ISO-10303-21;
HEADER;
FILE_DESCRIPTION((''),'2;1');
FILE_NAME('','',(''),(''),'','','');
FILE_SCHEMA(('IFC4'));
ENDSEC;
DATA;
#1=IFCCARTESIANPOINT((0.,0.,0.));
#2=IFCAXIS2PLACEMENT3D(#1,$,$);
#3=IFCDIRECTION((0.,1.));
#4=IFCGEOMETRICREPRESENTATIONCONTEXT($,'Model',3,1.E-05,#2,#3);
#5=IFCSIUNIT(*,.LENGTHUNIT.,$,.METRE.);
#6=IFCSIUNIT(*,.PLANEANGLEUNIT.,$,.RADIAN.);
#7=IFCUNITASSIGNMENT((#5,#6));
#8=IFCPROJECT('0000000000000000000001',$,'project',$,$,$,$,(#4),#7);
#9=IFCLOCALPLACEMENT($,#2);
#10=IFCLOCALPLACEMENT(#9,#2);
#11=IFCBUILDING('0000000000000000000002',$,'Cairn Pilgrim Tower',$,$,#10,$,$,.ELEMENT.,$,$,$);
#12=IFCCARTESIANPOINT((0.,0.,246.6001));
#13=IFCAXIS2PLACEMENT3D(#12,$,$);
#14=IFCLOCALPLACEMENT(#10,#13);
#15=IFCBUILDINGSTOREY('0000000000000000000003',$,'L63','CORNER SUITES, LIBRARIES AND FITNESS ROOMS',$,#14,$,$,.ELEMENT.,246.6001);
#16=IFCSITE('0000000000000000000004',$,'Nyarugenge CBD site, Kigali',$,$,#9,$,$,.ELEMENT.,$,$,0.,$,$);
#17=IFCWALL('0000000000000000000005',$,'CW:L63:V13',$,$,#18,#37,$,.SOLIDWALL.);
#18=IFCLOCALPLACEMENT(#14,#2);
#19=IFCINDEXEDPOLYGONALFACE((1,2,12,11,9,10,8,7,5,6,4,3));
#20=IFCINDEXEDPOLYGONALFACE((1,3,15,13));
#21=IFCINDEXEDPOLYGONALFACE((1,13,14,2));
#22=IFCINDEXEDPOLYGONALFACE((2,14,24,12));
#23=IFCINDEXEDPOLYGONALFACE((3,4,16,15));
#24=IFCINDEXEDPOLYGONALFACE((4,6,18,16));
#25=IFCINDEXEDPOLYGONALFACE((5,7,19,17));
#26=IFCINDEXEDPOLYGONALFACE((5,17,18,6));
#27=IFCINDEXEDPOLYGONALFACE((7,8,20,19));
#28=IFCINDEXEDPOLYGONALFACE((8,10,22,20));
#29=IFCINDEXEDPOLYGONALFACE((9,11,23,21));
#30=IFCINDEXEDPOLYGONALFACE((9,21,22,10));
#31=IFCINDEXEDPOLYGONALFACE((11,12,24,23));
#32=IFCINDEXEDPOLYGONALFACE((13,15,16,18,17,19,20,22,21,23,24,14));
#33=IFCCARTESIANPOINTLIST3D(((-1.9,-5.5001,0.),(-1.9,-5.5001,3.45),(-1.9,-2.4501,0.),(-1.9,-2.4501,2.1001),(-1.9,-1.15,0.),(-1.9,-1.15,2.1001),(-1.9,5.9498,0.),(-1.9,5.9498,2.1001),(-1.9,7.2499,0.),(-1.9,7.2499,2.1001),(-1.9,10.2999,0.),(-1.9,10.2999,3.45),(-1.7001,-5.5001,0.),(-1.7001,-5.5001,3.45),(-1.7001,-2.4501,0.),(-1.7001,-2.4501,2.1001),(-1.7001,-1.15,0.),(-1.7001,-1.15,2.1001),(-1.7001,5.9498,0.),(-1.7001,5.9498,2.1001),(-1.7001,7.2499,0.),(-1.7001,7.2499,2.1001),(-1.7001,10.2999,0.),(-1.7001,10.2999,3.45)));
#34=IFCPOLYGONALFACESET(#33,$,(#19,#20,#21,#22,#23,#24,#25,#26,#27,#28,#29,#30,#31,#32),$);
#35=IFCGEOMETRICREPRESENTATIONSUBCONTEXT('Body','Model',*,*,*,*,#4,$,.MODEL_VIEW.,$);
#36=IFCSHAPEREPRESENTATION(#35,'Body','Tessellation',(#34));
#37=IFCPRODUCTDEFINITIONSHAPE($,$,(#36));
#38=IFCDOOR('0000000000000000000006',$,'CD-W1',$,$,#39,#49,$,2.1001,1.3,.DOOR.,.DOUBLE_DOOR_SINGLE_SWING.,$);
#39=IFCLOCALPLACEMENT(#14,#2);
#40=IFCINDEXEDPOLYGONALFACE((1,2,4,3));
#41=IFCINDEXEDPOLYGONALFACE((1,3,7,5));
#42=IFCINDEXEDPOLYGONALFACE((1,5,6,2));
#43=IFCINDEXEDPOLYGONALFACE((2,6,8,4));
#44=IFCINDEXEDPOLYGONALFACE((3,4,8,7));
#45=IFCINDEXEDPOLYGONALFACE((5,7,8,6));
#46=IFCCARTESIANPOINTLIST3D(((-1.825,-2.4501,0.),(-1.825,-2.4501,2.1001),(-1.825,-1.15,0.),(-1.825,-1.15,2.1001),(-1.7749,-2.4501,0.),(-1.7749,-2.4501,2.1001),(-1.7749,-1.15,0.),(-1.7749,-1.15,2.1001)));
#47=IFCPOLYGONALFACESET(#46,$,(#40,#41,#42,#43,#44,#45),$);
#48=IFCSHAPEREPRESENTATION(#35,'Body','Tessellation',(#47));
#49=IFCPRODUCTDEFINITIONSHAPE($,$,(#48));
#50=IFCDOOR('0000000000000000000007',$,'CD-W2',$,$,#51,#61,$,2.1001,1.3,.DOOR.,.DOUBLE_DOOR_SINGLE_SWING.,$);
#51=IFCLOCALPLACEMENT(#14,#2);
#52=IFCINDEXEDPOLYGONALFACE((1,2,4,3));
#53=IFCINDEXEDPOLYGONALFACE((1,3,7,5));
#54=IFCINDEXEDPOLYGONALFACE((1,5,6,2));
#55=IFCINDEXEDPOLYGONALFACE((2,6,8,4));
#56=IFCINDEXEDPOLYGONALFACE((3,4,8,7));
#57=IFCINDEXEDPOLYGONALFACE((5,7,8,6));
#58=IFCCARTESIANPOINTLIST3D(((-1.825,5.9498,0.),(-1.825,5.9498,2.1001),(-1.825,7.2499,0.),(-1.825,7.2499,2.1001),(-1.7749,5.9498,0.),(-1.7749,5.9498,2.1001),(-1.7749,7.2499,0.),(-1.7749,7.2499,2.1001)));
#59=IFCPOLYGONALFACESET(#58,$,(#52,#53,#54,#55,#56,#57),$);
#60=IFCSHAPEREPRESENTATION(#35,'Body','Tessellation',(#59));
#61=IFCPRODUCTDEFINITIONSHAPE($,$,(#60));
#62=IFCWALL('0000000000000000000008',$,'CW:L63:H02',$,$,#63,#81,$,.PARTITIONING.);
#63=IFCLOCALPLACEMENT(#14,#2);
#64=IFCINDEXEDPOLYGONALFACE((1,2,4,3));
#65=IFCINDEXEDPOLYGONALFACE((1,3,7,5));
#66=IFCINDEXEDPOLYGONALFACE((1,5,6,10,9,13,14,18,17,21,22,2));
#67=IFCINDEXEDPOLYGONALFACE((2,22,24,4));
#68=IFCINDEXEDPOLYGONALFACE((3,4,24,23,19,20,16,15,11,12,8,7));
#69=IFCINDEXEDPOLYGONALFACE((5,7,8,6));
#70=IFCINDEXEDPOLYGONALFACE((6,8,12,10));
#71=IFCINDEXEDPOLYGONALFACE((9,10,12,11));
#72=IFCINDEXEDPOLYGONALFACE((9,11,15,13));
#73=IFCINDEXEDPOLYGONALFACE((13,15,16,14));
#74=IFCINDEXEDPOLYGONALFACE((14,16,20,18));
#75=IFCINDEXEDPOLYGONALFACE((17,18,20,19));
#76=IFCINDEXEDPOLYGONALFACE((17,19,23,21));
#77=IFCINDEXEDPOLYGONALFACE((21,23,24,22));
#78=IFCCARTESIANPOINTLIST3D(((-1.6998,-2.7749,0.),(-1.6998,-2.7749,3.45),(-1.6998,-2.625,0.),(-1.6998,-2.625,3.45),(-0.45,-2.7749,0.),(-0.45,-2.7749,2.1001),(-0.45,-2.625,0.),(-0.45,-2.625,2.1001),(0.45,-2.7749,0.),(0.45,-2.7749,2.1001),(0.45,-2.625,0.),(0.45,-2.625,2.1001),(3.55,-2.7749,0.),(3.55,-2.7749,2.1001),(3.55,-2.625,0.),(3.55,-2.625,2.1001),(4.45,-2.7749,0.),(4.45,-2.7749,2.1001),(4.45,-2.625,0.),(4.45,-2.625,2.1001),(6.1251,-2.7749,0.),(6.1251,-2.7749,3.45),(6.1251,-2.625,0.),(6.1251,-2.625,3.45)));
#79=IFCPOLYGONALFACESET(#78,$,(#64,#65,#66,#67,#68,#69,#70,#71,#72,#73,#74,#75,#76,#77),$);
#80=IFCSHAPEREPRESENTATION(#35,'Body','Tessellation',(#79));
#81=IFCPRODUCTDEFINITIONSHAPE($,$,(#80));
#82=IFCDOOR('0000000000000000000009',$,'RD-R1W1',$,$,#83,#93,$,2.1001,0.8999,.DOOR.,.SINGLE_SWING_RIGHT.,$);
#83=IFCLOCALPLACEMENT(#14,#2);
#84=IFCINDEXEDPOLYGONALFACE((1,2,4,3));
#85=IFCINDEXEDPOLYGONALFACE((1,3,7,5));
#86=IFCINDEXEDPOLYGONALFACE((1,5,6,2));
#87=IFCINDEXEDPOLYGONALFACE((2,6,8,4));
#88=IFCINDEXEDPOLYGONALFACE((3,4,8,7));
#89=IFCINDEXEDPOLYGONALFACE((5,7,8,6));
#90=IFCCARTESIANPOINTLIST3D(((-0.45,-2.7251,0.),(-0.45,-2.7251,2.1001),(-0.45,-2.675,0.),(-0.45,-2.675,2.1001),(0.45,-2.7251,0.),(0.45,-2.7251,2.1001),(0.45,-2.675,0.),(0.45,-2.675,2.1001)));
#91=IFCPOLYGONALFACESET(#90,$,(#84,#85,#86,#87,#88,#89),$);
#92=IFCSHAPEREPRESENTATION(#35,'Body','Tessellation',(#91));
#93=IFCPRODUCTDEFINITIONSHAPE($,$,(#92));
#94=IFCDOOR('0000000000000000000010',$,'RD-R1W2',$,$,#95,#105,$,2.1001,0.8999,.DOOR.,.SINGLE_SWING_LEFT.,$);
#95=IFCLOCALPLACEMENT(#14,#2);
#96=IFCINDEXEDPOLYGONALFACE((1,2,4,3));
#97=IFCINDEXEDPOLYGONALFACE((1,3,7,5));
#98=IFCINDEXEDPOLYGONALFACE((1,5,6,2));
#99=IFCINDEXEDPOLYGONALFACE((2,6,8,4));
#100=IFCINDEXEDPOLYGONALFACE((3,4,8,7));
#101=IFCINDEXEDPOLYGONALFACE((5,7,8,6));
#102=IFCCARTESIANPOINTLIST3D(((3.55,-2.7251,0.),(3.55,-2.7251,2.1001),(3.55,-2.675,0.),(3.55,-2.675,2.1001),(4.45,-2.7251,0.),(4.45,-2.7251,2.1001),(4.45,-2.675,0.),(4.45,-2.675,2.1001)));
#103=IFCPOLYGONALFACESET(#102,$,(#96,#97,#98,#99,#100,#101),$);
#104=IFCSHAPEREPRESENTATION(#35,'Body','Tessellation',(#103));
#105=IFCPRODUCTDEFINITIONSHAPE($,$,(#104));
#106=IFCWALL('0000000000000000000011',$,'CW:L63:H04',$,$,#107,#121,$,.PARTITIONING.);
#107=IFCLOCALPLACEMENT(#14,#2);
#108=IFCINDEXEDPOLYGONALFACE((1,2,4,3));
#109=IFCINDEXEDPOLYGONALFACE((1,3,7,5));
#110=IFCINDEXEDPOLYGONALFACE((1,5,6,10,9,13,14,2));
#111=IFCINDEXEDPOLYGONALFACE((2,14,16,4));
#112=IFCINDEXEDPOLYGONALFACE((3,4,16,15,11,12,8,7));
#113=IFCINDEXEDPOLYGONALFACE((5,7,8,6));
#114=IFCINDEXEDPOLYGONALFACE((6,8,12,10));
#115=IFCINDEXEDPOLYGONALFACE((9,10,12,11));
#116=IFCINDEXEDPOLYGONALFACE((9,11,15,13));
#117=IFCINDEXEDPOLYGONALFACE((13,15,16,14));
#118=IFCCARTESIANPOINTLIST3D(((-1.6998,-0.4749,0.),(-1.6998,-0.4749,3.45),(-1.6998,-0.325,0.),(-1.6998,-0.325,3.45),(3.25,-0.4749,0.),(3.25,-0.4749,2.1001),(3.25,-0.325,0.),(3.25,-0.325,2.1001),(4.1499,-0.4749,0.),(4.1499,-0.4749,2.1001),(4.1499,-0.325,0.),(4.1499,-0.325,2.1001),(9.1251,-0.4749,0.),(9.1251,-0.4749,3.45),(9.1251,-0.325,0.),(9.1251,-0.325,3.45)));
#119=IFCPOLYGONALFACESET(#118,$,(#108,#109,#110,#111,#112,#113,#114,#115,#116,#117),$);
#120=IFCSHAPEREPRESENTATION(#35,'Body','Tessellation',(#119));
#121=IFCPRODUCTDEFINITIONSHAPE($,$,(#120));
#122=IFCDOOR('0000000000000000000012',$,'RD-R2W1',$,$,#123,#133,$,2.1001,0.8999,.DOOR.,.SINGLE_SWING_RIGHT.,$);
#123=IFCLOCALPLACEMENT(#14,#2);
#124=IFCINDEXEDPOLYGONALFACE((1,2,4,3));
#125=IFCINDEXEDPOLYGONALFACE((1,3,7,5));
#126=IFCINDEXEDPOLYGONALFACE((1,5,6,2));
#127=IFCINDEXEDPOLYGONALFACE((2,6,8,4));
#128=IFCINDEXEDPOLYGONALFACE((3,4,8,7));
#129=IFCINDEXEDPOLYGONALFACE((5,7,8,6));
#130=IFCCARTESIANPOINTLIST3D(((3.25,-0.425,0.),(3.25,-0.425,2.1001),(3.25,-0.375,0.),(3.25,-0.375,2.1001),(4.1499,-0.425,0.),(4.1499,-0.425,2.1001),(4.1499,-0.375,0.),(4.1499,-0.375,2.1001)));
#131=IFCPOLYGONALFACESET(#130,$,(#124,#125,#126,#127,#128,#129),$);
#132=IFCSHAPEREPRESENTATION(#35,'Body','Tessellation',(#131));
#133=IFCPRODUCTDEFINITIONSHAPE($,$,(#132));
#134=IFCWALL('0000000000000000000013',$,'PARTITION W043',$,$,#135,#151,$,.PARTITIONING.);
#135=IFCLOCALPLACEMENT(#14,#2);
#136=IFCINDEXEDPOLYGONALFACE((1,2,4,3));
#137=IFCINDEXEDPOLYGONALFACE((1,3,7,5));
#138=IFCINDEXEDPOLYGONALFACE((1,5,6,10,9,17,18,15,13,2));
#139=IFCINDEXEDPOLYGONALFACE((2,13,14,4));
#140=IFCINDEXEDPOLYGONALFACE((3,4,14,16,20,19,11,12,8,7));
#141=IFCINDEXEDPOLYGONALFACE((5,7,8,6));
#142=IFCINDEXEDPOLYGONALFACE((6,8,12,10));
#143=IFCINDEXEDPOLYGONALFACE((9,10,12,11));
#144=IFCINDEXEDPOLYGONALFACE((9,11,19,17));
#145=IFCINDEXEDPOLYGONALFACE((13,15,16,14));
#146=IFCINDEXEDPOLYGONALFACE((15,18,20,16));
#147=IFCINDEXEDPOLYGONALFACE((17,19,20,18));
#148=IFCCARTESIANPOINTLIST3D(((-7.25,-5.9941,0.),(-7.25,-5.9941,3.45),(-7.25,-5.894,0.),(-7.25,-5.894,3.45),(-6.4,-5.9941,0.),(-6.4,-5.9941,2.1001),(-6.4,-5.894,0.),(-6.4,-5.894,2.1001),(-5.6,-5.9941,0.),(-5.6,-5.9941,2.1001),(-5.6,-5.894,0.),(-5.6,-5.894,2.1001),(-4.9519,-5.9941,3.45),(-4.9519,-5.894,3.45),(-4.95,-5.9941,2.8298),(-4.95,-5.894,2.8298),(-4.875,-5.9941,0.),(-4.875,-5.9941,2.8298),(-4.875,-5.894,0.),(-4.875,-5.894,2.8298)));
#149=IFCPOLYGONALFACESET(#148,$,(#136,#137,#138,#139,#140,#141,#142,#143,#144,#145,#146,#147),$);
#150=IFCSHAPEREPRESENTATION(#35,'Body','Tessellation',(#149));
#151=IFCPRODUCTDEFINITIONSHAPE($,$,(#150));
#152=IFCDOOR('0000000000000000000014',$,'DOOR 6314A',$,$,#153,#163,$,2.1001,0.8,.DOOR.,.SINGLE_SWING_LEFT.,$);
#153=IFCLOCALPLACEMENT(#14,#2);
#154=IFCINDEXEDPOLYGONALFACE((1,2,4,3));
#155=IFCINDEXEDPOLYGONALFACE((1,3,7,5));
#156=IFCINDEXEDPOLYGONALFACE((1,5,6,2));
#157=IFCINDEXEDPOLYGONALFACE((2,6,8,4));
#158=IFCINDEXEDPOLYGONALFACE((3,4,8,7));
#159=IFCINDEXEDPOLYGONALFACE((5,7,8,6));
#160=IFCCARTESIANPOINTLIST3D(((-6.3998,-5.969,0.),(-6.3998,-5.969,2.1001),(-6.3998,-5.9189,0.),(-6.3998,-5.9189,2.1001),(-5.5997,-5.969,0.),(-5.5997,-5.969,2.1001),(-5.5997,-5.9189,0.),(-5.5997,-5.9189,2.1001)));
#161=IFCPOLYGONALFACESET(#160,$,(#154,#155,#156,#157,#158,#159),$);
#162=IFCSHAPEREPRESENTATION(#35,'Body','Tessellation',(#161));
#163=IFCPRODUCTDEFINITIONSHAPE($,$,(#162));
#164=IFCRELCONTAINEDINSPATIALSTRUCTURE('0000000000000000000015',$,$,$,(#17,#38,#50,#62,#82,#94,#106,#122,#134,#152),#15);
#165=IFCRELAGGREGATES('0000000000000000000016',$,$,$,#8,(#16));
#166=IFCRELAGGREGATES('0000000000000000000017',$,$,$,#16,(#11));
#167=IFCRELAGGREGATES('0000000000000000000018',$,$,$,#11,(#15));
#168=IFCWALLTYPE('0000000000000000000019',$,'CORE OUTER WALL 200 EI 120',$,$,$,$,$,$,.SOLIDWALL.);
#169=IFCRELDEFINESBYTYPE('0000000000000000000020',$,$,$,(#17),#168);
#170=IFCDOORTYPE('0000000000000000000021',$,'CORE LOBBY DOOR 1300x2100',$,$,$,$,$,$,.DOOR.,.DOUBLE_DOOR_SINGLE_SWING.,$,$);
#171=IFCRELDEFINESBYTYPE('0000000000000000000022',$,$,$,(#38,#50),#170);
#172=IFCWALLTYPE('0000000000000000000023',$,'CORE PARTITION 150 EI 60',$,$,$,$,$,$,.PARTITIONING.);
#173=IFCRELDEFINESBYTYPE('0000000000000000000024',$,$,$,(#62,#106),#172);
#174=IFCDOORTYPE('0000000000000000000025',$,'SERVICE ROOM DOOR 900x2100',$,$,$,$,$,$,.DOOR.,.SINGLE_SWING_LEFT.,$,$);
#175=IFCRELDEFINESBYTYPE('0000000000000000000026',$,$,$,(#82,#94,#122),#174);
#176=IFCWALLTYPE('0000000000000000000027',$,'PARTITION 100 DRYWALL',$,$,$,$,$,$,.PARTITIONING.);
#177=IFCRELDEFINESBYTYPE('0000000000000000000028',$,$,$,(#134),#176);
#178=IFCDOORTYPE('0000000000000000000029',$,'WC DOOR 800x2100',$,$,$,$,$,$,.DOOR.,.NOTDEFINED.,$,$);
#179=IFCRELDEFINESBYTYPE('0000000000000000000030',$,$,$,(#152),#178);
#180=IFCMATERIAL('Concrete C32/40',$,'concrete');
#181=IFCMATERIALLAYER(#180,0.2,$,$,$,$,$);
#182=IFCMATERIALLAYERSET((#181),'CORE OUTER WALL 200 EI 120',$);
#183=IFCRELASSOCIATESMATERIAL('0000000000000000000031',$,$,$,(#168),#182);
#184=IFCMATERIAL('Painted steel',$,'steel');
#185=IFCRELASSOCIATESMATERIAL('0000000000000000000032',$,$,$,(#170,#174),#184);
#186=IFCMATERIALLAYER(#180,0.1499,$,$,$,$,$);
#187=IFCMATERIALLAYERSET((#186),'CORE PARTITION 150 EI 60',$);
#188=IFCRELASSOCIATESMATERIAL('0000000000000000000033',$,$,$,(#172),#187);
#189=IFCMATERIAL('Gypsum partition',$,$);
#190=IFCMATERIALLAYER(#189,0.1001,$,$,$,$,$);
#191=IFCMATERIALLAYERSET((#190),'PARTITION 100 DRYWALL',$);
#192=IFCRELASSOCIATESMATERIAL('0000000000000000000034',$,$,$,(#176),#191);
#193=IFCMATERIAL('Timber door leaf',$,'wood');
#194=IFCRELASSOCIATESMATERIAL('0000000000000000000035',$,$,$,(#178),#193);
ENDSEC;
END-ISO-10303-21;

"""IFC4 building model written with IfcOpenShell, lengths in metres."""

from ifc_helpers import new_model, si_unit, direction, frame, frame_2d, origin, place, context, subcontext, project, spatial, polyline, rectangle, outline, extrude, material, layer, layer_set, type_object, element, fill, save


model = new_model("IFC4")

# Units and contexts
model_context = context("Model", 3, precision=1e-05, world=origin(), true_north=direction((0.0, 1.0)))
body_context = subcontext(model_context, "Body", "Model", "MODEL_VIEW")
ifc_project = project(units=[si_unit("LENGTHUNIT", "METRE"), si_unit("PLANEANGLEUNIT", "RADIAN")], contexts=[model_context])

# Site, building, storey
site_placement = place(None, origin())
site = spatial("IfcSite", under=ifc_project, at=site_placement, Name="Nyarugenge CBD site, Kigali", CompositionType="ELEMENT", RefElevation=0.0)
building_placement = place(site_placement, origin())
building = spatial("IfcBuilding", under=site, at=building_placement, Name="Cairn Pilgrim Tower", CompositionType="ELEMENT")
storey_placement = place(building_placement, frame((0.0, 0.0, 246.6001)))
storey = spatial("IfcBuildingStorey", under=building, at=storey_placement, Name="L63", Description="CORNER SUITES, LIBRARIES AND FITNESS ROOMS", CompositionType="ELEMENT", Elevation=246.6001)

# Shared definitions
ifc_material_1 = material(Name="Concrete C32/40", Category="concrete")
ifc_layer_1 = layer(ifc_material_1, 0.2)
ifc_layer_set_1 = layer_set([ifc_layer_1], Name="CORE OUTER WALL 200 EI 120")
wall_type_1 = type_object("IfcWallType", Name="CORE OUTER WALL 200 EI 120", PredefinedType="SOLIDWALL", material=ifc_layer_set_1)

# Walls, openings, doors
wall_1_placement = place(storey_placement, frame((-1.8, -5.5, 0.0), z_axis=(0.0, 0.0, 1.0), x_axis=(0.0, 1.0, 0.0)))
wall_1 = element("IfcWall", 1, at=wall_1_placement, inside=storey, type_object=wall_type_1, Name="CW:L63:V13", PredefinedType="SOLIDWALL", context=body_context, shape_type="SweptSolid", body=[
    extrude(rectangle(XDim=15.8, YDim=0.2, at=frame_2d((7.8999, 0.0))), origin(), (0.0, 0.0, 1.0), 3.45),
])
opening_1_placement = place(wall_1_placement, frame((3.05, 0.0, 0.0)))
opening_1 = element("IfcOpeningElement", 2, at=opening_1_placement, cuts=wall_1, PredefinedType="OPENING", context=body_context, shape_type="SweptSolid", body=[
    extrude(rectangle(XDim=1.3, YDim=2.1001, at=frame_2d((0.6499, 1.05))), frame((0.0, 0.1099, 0.0), z_axis=(0.0, -1.0, 0.0), x_axis=(1.0, 0.0, 0.0)), (0.0, 0.0, 1.0), 0.22),
])
opening_2_placement = place(wall_1_placement, frame((11.45, 0.0, 0.0)))
opening_2 = element("IfcOpeningElement", 3, at=opening_2_placement, cuts=wall_1, PredefinedType="OPENING", context=body_context, shape_type="SweptSolid", body=[
    extrude(rectangle(XDim=1.3, YDim=2.1001, at=frame_2d((0.6499, 1.05))), frame((0.0, 0.1099, 0.0), z_axis=(0.0, -1.0, 0.0), x_axis=(1.0, 0.0, 0.0)), (0.0, 0.0, 1.0), 0.22),
])
ifc_material_2 = material(Name="Painted steel", Category="steel")
door_type_1 = type_object("IfcDoorType", Name="CORE LOBBY DOOR 1300x2100", OperationType="DOUBLE_DOOR_SINGLE_SWING", PredefinedType="DOOR", material=ifc_material_2)
door_1_placement = place(opening_1_placement, origin())
door_1 = element("IfcDoor", 4, at=door_1_placement, inside=storey, type_object=door_type_1, Name="CD-W1", OperationType="DOUBLE_DOOR_SINGLE_SWING", OverallHeight=2.1001, OverallWidth=1.3, PredefinedType="DOOR", context=body_context, shape_type="SweptSolid", body=[
    extrude(rectangle(XDim=1.3, YDim=2.1001, at=frame_2d((0.6499, 1.05))), frame((0.0, 0.0249, 0.0), z_axis=(0.0, -1.0, 0.0), x_axis=(1.0, 0.0, 0.0)), (0.0, 0.0, 1.0), 0.05),
])
fill(opening_1, door_1)
door_2_placement = place(opening_2_placement, origin())
door_2 = element("IfcDoor", 5, at=door_2_placement, inside=storey, type_object=door_type_1, Name="CD-W2", OperationType="DOUBLE_DOOR_SINGLE_SWING", OverallHeight=2.1001, OverallWidth=1.3, PredefinedType="DOOR", context=body_context, shape_type="SweptSolid", body=[
    extrude(rectangle(XDim=1.3, YDim=2.1001, at=frame_2d((0.6499, 1.05))), frame((0.0, 0.0249, 0.0), z_axis=(0.0, -1.0, 0.0), x_axis=(1.0, 0.0, 0.0)), (0.0, 0.0, 1.0), 0.05),
])
fill(opening_2, door_2)
ifc_layer_2 = layer(ifc_material_1, 0.1499)
ifc_layer_set_2 = layer_set([ifc_layer_2], Name="CORE PARTITION 150 EI 60")
wall_type_2 = type_object("IfcWallType", Name="CORE PARTITION 150 EI 60", PredefinedType="PARTITIONING", material=ifc_layer_set_2)
wall_2_placement = place(storey_placement, frame((-1.7, -2.7, 0.0), z_axis=(0.0, 0.0, 1.0), x_axis=(1.0, 0.0, 0.0)))
wall_2 = element("IfcWall", 6, at=wall_2_placement, inside=storey, type_object=wall_type_2, Name="CW:L63:H02", PredefinedType="PARTITIONING", context=body_context, shape_type="SweptSolid", body=[
    extrude(rectangle(XDim=7.825, YDim=0.1499, at=frame_2d((3.9126, 0.0))), origin(), (0.0, 0.0, 1.0), 3.45),
])
opening_3_placement = place(wall_2_placement, frame((1.25, 0.0, 0.0)))
opening_3 = element("IfcOpeningElement", 7, at=opening_3_placement, cuts=wall_2, PredefinedType="OPENING", context=body_context, shape_type="SweptSolid", body=[
    extrude(rectangle(XDim=0.8999, YDim=2.1001, at=frame_2d((0.45, 1.05))), frame((0.0, 0.085, 0.0), z_axis=(0.0, -1.0, 0.0), x_axis=(1.0, 0.0, 0.0)), (0.0, 0.0, 1.0), 0.1699),
])
opening_4_placement = place(wall_2_placement, frame((5.25, 0.0, 0.0)))
opening_4 = element("IfcOpeningElement", 8, at=opening_4_placement, cuts=wall_2, PredefinedType="OPENING", context=body_context, shape_type="SweptSolid", body=[
    extrude(rectangle(XDim=0.8999, YDim=2.1001, at=frame_2d((0.45, 1.05))), frame((0.0, 0.085, 0.0), z_axis=(0.0, -1.0, 0.0), x_axis=(1.0, 0.0, 0.0)), (0.0, 0.0, 1.0), 0.1699),
])
door_type_2 = type_object("IfcDoorType", Name="SERVICE ROOM DOOR 900x2100", OperationType="SINGLE_SWING_LEFT", PredefinedType="DOOR", material=ifc_material_2)
door_3_placement = place(opening_3_placement, origin())
door_3 = element("IfcDoor", 9, at=door_3_placement, inside=storey, type_object=door_type_2, Name="RD-R1W1", OperationType="SINGLE_SWING_RIGHT", OverallHeight=2.1001, OverallWidth=0.8999, PredefinedType="DOOR", context=body_context, shape_type="SweptSolid", body=[
    extrude(rectangle(XDim=0.8999, YDim=2.1001, at=frame_2d((0.45, 1.05))), frame((0.0, 0.0249, 0.0), z_axis=(0.0, -1.0, 0.0), x_axis=(1.0, 0.0, 0.0)), (0.0, 0.0, 1.0), 0.05),
])
fill(opening_3, door_3)
door_4_placement = place(opening_4_placement, origin())
door_4 = element("IfcDoor", 10, at=door_4_placement, inside=storey, type_object=door_type_2, Name="RD-R1W2", OperationType="SINGLE_SWING_LEFT", OverallHeight=2.1001, OverallWidth=0.8999, PredefinedType="DOOR", context=body_context, shape_type="SweptSolid", body=[
    extrude(rectangle(XDim=0.8999, YDim=2.1001, at=frame_2d((0.45, 1.05))), frame((0.0, 0.0249, 0.0), z_axis=(0.0, -1.0, 0.0), x_axis=(1.0, 0.0, 0.0)), (0.0, 0.0, 1.0), 0.05),
])
fill(opening_4, door_4)

# Walls, openings, doors
wall_3_placement = place(storey_placement, frame((-1.7, -0.3999, 0.0), z_axis=(0.0, 0.0, 1.0), x_axis=(1.0, 0.0, 0.0)))
wall_3 = element("IfcWall", 11, at=wall_3_placement, inside=storey, type_object=wall_type_2, Name="CW:L63:H04", PredefinedType="PARTITIONING", context=body_context, shape_type="SweptSolid", body=[
    extrude(rectangle(XDim=10.825, YDim=0.1499, at=frame_2d((5.4126, 0.0))), origin(), (0.0, 0.0, 1.0), 3.45),
])
opening_5_placement = place(wall_3_placement, frame((4.95, 0.0, 0.0)))
opening_5 = element("IfcOpeningElement", 12, at=opening_5_placement, cuts=wall_3, PredefinedType="OPENING", context=body_context, shape_type="SweptSolid", body=[
    extrude(rectangle(XDim=0.8999, YDim=2.1001, at=frame_2d((0.45, 1.05))), frame((0.0, 0.085, 0.0), z_axis=(0.0, -1.0, 0.0), x_axis=(1.0, 0.0, 0.0)), (0.0, 0.0, 1.0), 0.1699),
])
door_5_placement = place(opening_5_placement, origin())
door_5 = element("IfcDoor", 13, at=door_5_placement, inside=storey, type_object=door_type_2, Name="RD-R2W1", OperationType="SINGLE_SWING_RIGHT", OverallHeight=2.1001, OverallWidth=0.8999, PredefinedType="DOOR", context=body_context, shape_type="SweptSolid", body=[
    extrude(rectangle(XDim=0.8999, YDim=2.1001, at=frame_2d((0.45, 1.05))), frame((0.0, 0.0249, 0.0), z_axis=(0.0, -1.0, 0.0), x_axis=(1.0, 0.0, 0.0)), (0.0, 0.0, 1.0), 0.05),
])
fill(opening_5, door_5)
ifc_material_3 = material(Name="Gypsum partition")
ifc_layer_3 = layer(ifc_material_3, 0.1001)
ifc_layer_set_3 = layer_set([ifc_layer_3], Name="PARTITION 100 DRYWALL")
wall_type_3 = type_object("IfcWallType", Name="PARTITION 100 DRYWALL", PredefinedType="PARTITIONING", material=ifc_layer_set_3)
wall_4_placement = place(storey_placement, frame((-7.25, -5.9441, 0.0), z_axis=(0.0, 0.0, 1.0), x_axis=(1.0, 0.0, 0.0)))
wall_4 = element("IfcWall", 14, at=wall_4_placement, inside=storey, type_object=wall_type_3, Name="PARTITION W043", PredefinedType="PARTITIONING", context=body_context, shape_type="SweptSolid", body=[
    extrude(outline(polyline([(0.0, 0.0), (2.375, 0.0), (2.375, 2.8298), (2.3, 2.8298), (2.2981, 3.45), (0.0, 3.45), (0.0, 0.0)])), frame((0.0, 0.05, 0.0), z_axis=(0.0, -1.0, 0.0), x_axis=(1.0, 0.0, 0.0)), (0.0, 0.0, 1.0), 0.1001),
])
opening_6_placement = place(wall_4_placement, frame((0.8501, 0.0, 0.0)))
opening_6 = element("IfcOpeningElement", 15, at=opening_6_placement, cuts=wall_4, PredefinedType="OPENING", context=body_context, shape_type="SweptSolid", body=[
    extrude(rectangle(XDim=0.8, YDim=2.1001, at=frame_2d((0.3999, 1.05))), frame((0.0, 0.0601, 0.0), z_axis=(0.0, -1.0, 0.0), x_axis=(1.0, 0.0, 0.0)), (0.0, 0.0, 1.0), 0.1201),
])
ifc_material_4 = material(Name="Timber door leaf", Category="wood")
door_type_3 = type_object("IfcDoorType", Name="WC DOOR 800x2100", OperationType="NOTDEFINED", PredefinedType="DOOR", material=ifc_material_4)
door_6_placement = place(opening_6_placement, frame((0.8, 0.0, 0.0), z_axis=(0.0, 0.0, 1.0), x_axis=(-1.0, 0.0, 0.0)))
door_6 = element("IfcDoor", 16, at=door_6_placement, inside=storey, type_object=door_type_3, Name="DOOR 6314A", OperationType="SINGLE_SWING_LEFT", OverallHeight=2.1001, OverallWidth=0.8, PredefinedType="DOOR", context=body_context, shape_type="SweptSolid", body=[
    extrude(rectangle(XDim=0.8, YDim=2.1001, at=frame_2d((0.3999, 1.05))), frame((0.0, 0.0249, 0.0), z_axis=(0.0, -1.0, 0.0), x_axis=(1.0, 0.0, 0.0)), (0.0, 0.0, 1.0), 0.05),
])
fill(opening_6, door_6)

save(model, "model.ifc")
